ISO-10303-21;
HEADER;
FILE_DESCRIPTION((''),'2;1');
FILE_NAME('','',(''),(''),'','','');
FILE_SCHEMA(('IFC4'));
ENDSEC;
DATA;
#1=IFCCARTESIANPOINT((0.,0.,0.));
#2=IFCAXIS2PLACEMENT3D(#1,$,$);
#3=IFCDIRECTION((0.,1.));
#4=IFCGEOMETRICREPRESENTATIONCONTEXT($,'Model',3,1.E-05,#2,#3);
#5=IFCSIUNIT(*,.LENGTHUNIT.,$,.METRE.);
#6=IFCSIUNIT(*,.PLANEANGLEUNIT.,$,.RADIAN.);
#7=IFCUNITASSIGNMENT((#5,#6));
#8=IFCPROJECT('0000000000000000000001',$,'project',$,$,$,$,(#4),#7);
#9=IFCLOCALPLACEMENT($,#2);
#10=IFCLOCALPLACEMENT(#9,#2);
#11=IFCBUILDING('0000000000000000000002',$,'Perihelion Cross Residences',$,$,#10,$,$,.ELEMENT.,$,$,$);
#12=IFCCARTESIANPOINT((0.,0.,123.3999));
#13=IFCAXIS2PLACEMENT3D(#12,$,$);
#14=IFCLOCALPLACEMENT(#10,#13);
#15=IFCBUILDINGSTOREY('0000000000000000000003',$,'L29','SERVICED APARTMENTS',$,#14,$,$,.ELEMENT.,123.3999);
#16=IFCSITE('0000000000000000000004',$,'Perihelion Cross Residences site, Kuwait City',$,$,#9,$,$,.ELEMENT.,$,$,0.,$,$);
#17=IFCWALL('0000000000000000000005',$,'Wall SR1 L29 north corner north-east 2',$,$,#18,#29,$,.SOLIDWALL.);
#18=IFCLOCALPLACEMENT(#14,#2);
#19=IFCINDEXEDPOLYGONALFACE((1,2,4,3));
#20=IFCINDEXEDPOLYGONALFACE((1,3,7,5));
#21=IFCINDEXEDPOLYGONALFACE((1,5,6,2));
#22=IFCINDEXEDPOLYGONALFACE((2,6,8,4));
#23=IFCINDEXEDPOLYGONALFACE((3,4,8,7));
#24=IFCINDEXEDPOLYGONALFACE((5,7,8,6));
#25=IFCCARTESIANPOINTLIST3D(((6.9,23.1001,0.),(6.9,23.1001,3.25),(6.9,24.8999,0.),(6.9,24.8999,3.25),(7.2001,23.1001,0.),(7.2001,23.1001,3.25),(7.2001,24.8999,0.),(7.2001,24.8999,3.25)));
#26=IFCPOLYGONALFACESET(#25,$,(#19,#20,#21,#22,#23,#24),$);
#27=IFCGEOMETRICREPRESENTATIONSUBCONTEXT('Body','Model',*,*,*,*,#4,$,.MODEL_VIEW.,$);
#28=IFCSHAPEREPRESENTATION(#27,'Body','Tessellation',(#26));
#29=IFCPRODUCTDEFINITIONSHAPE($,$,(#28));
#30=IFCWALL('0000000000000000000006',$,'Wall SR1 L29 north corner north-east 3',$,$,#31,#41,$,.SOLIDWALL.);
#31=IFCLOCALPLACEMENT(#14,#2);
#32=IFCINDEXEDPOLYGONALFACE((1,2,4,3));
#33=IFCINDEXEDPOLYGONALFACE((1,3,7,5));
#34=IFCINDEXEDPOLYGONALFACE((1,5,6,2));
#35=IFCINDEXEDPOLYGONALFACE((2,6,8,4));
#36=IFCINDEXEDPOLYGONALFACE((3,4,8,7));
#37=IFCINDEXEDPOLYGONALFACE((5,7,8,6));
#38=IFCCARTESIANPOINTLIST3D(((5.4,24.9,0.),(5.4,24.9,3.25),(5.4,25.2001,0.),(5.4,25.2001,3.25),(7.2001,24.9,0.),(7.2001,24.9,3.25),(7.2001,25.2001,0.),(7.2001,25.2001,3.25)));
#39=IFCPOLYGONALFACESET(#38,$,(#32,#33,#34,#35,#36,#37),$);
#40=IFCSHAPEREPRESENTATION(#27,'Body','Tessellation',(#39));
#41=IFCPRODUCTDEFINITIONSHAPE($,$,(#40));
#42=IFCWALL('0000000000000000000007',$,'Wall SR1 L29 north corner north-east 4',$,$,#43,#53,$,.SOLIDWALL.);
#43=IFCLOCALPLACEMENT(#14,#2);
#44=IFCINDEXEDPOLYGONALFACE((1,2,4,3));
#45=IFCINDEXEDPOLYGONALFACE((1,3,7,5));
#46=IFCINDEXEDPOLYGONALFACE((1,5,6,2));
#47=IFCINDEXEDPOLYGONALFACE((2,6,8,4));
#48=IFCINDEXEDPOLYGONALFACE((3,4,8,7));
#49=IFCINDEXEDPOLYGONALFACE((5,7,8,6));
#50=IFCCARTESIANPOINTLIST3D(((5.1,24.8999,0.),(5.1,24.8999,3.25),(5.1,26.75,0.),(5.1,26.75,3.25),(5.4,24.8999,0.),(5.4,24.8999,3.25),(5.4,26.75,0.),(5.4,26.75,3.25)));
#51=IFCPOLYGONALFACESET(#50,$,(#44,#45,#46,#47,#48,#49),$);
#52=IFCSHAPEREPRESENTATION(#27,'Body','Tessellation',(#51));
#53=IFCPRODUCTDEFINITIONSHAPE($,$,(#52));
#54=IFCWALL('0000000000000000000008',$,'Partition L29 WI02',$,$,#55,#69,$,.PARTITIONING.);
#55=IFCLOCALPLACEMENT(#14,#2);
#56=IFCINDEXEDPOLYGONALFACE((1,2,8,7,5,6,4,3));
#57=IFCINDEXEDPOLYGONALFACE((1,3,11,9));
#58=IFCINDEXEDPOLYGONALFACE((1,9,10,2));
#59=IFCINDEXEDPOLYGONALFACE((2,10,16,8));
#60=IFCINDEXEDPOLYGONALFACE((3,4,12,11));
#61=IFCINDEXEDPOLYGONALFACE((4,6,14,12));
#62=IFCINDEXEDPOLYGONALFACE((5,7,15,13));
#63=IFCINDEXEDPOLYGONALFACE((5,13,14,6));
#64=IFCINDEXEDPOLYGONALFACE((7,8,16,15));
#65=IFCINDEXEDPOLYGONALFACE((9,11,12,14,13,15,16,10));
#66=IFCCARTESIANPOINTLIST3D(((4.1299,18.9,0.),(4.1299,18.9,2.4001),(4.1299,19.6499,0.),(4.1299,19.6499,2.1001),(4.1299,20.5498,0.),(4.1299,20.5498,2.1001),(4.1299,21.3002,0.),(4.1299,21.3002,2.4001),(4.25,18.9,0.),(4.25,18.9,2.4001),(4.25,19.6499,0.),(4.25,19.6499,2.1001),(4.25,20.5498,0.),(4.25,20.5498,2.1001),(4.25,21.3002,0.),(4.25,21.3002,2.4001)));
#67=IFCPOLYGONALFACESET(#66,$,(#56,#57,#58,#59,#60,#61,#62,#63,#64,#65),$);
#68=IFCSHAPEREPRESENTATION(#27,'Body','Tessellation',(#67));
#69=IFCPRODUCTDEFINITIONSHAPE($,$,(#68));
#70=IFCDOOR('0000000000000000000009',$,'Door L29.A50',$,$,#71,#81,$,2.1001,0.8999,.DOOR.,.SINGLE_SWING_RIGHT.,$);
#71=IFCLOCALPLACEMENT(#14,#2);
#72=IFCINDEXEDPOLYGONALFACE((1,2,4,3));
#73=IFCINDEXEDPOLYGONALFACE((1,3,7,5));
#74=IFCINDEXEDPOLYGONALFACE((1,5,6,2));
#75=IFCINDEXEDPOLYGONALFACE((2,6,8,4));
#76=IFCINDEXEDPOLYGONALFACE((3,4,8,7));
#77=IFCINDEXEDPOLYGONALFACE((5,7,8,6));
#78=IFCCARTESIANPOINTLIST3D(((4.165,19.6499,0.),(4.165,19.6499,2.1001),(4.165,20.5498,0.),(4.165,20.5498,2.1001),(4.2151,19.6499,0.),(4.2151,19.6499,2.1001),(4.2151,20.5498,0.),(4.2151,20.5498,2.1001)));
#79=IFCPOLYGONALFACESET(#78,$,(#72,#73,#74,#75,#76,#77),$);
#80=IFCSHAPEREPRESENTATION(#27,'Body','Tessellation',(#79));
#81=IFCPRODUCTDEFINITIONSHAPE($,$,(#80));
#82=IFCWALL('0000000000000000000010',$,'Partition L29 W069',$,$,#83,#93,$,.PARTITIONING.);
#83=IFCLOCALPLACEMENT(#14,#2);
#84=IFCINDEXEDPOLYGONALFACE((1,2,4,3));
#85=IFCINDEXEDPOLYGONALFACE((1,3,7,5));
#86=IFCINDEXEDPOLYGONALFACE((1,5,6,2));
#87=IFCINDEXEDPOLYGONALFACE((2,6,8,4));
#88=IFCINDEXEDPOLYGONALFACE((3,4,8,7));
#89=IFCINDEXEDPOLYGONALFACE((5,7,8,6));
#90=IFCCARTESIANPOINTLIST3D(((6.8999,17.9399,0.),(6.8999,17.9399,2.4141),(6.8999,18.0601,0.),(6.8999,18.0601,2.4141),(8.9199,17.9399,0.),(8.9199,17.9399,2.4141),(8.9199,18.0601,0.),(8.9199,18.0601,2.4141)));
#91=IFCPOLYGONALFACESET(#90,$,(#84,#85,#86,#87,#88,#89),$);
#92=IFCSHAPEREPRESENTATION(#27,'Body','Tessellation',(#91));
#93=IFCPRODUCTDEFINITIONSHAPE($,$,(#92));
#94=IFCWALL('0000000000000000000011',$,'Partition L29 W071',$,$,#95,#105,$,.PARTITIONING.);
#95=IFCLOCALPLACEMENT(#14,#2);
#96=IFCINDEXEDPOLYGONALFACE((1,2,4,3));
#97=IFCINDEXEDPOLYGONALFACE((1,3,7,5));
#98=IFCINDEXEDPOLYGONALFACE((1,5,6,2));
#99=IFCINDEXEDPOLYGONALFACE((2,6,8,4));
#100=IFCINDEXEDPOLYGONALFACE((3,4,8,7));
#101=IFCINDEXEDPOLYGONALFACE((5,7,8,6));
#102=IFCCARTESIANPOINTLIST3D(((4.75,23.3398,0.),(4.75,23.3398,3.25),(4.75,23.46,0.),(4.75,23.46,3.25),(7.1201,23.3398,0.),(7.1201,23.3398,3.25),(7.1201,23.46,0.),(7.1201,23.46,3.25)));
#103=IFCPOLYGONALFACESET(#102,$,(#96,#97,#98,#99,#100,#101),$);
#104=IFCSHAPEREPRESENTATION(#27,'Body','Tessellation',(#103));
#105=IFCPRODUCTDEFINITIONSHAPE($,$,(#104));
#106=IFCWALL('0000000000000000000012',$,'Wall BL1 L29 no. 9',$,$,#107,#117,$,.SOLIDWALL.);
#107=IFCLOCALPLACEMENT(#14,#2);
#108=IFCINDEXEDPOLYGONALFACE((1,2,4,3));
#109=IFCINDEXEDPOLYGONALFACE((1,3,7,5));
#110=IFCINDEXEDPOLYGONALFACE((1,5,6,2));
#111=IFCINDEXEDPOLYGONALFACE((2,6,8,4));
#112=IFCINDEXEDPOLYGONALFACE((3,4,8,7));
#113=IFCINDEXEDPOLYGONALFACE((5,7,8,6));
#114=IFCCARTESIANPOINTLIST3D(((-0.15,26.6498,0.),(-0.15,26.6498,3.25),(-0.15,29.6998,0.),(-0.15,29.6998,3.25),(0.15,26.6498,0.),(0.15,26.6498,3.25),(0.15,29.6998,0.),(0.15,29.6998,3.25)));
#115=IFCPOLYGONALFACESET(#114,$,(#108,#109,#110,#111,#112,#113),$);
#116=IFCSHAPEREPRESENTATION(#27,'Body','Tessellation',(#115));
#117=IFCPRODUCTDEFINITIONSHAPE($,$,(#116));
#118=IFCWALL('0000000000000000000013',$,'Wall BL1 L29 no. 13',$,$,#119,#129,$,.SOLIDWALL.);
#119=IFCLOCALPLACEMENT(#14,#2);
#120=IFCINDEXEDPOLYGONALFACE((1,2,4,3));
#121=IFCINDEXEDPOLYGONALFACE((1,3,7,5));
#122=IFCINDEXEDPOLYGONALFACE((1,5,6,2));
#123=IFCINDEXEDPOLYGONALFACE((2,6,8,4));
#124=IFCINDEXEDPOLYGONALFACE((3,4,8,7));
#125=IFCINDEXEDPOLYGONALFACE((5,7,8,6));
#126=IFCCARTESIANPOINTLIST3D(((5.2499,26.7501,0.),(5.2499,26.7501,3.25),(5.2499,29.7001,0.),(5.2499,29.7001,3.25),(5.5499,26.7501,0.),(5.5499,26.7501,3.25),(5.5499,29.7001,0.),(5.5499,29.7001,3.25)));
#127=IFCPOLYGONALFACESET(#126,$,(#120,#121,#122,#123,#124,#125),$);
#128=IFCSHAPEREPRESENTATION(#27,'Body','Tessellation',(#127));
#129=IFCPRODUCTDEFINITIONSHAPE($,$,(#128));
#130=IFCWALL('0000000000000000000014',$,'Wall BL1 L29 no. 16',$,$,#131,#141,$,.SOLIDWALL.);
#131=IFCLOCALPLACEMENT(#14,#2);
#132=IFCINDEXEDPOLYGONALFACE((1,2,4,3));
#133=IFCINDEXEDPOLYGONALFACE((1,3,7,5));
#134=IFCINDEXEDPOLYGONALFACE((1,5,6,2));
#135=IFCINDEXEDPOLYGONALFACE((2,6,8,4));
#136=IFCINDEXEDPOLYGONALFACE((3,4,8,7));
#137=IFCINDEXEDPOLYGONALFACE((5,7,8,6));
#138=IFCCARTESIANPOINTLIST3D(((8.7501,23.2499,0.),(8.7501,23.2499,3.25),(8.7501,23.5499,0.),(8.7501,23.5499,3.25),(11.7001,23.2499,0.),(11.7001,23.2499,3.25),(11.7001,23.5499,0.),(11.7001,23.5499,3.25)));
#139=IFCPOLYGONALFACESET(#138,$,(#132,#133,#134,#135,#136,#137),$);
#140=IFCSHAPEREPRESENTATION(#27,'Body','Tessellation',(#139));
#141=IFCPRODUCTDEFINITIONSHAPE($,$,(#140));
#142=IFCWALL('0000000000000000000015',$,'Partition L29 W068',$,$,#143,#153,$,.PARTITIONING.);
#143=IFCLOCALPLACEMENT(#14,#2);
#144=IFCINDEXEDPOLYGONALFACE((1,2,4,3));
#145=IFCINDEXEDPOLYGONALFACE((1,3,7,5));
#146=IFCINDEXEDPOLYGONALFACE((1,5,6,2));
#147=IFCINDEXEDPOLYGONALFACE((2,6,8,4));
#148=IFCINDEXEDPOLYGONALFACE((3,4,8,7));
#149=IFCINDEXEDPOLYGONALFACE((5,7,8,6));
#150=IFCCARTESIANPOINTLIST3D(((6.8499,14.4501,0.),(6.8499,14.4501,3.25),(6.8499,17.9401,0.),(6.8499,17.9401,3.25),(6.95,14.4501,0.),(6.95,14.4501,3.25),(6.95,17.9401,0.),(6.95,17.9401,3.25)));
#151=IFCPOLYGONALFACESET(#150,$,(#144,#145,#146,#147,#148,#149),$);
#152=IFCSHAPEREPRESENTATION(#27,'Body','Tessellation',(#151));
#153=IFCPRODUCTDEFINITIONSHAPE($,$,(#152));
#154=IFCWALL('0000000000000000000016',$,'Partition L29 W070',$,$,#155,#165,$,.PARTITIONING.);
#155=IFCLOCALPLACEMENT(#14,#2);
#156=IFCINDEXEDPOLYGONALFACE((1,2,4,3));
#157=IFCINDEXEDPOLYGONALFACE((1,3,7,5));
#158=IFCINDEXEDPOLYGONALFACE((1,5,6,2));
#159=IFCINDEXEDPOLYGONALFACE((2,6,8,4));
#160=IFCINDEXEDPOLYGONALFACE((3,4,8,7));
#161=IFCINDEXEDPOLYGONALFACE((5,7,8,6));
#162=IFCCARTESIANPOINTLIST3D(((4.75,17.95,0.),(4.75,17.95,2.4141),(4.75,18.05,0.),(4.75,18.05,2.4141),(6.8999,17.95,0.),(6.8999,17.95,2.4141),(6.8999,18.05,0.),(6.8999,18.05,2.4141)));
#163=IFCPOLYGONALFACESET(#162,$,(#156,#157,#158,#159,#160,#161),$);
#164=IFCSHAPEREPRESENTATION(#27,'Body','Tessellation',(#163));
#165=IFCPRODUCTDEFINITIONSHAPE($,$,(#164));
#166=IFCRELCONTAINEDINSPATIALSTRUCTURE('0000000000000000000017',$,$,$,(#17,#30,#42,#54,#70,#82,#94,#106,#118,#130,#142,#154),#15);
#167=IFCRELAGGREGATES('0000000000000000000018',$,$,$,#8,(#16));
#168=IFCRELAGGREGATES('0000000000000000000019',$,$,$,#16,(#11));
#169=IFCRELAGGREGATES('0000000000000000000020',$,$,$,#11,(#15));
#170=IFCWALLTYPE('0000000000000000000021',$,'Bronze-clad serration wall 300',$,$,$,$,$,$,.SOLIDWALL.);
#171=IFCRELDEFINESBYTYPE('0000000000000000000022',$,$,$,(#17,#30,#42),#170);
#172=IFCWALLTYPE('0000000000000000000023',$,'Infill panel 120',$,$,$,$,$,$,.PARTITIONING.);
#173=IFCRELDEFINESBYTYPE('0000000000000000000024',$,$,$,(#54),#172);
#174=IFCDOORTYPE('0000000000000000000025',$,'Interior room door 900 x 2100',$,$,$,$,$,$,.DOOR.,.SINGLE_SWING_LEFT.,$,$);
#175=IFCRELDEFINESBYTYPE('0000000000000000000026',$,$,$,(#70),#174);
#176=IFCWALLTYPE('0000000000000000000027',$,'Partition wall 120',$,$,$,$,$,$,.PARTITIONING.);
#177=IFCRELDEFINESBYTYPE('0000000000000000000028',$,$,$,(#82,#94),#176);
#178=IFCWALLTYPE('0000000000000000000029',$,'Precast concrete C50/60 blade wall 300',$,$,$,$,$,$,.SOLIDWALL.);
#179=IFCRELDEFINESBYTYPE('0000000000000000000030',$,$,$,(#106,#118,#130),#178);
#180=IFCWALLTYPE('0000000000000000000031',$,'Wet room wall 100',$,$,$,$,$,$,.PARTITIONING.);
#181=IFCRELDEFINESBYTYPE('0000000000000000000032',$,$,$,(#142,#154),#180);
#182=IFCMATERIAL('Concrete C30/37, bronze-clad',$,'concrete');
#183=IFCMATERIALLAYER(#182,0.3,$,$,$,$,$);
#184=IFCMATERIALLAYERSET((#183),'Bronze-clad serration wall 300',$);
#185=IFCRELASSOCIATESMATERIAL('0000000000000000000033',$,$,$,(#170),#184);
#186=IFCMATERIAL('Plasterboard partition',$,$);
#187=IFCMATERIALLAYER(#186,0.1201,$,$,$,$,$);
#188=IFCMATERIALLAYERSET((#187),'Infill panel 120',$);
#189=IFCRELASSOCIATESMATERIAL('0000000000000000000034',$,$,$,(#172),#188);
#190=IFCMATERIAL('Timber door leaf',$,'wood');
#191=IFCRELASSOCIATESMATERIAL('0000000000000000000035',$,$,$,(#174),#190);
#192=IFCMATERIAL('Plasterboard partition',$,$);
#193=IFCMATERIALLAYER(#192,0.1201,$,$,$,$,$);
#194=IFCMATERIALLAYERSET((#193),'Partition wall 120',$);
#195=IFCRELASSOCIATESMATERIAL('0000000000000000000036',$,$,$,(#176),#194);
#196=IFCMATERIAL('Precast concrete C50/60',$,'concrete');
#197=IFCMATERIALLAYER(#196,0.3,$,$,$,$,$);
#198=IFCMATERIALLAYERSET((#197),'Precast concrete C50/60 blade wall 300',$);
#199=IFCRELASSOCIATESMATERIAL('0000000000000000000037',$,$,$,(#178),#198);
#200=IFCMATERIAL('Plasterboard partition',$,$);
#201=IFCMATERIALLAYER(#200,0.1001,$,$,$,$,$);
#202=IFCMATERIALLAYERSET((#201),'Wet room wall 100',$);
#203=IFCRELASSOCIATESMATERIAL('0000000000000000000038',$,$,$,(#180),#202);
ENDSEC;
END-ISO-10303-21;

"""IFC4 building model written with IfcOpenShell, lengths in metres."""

from ifc_helpers import new_model, si_unit, direction, frame, frame_2d, origin, place, context, subcontext, project, spatial, rectangle, extrude, material, layer, layer_set, type_object, element, fill, save


model = new_model("IFC4")

# Units and contexts
model_context = context("Model", 3, precision=1e-05, world=origin(), true_north=direction((0.0, 1.0)))
body_context = subcontext(model_context, "Body", "Model", "MODEL_VIEW")
ifc_project = project(units=[si_unit("LENGTHUNIT", "METRE"), si_unit("PLANEANGLEUNIT", "RADIAN")], contexts=[model_context])

# Site, building, storey
site_placement = place(None, origin())
site = spatial("IfcSite", under=ifc_project, at=site_placement, Name="Perihelion Cross Residences site, Kuwait City", CompositionType="ELEMENT", RefElevation=0.0)
building_placement = place(site_placement, origin())
building = spatial("IfcBuilding", under=site, at=building_placement, Name="Perihelion Cross Residences", CompositionType="ELEMENT")
storey_placement = place(building_placement, frame((0.0, 0.0, 123.3999)))
storey = spatial("IfcBuildingStorey", under=building, at=storey_placement, Name="L29", Description="SERVICED APARTMENTS", CompositionType="ELEMENT", Elevation=123.3999)

# Walls
ifc_material_1 = material(Name="Concrete C30/37, bronze-clad", Category="concrete")
ifc_layer_1 = layer(ifc_material_1, 0.3)
ifc_layer_set_1 = layer_set([ifc_layer_1], Name="Bronze-clad serration wall 300")
wall_type_1 = type_object("IfcWallType", Name="Bronze-clad serration wall 300", PredefinedType="SOLIDWALL", material=ifc_layer_set_1)
wall_1_placement = place(storey_placement, frame((7.05, 23.1001, 0.0), z_axis=(0.0, 0.0, 1.0), x_axis=(0.0, 1.0, 0.0)))
element("IfcWall", 1, at=wall_1_placement, inside=storey, type_object=wall_type_1, Name="Wall SR1 L29 north corner north-east 2", PredefinedType="SOLIDWALL", context=body_context, shape_type="SweptSolid", body=[
    extrude(rectangle(XDim=1.7998, YDim=0.3, at=frame_2d((0.8999, 0.0))), origin(), (0.0, 0.0, 1.0), 3.25),
])
wall_2_placement = place(storey_placement, frame((7.2, 25.05, 0.0), z_axis=(0.0, 0.0, 1.0), x_axis=(-1.0, 0.0, 0.0)))
element("IfcWall", 2, at=wall_2_placement, inside=storey, type_object=wall_type_1, Name="Wall SR1 L29 north corner north-east 3", PredefinedType="SOLIDWALL", context=body_context, shape_type="SweptSolid", body=[
    extrude(rectangle(XDim=1.8, YDim=0.3, at=frame_2d((0.8999, 0.0))), origin(), (0.0, 0.0, 1.0), 3.25),
])
wall_3_placement = place(storey_placement, frame((5.25, 24.8999, 0.0), z_axis=(0.0, 0.0, 1.0), x_axis=(0.0, 1.0, 0.0)))
element("IfcWall", 3, at=wall_3_placement, inside=storey, type_object=wall_type_1, Name="Wall SR1 L29 north corner north-east 4", PredefinedType="SOLIDWALL", context=body_context, shape_type="SweptSolid", body=[
    extrude(rectangle(XDim=1.8501, YDim=0.3, at=frame_2d((0.925, 0.0))), origin(), (0.0, 0.0, 1.0), 3.25),
])

# Wall, opening, door
ifc_material_2 = material(Name="Plasterboard partition")
ifc_layer_2 = layer(ifc_material_2, 0.1201)
ifc_layer_set_2 = layer_set([ifc_layer_2], Name="Infill panel 120")
wall_type_2 = type_object("IfcWallType", Name="Infill panel 120", PredefinedType="PARTITIONING", material=ifc_layer_set_2)
wall_4_placement = place(storey_placement, frame((4.1899, 18.8999, 0.0), z_axis=(0.0, 0.0, 1.0), x_axis=(0.0, 1.0, 0.0)))
wall_4 = element("IfcWall", 4, at=wall_4_placement, inside=storey, type_object=wall_type_2, Name="Partition L29 WI02", PredefinedType="PARTITIONING", context=body_context, shape_type="SweptSolid", body=[
    extrude(rectangle(XDim=2.4001, YDim=0.1201, at=frame_2d((1.2002, 0.0))), origin(), (0.0, 0.0, 1.0), 2.4001),
])
opening_1_placement = place(wall_4_placement, frame((0.75, 0.0, 0.0)))
opening_1 = element("IfcOpeningElement", 5, at=opening_1_placement, cuts=wall_4, PredefinedType="OPENING", context=body_context, shape_type="SweptSolid", body=[
    extrude(rectangle(XDim=0.8999, YDim=2.1001, at=frame_2d((0.45, 1.05))), frame((0.0, 0.0701, 0.0), z_axis=(0.0, -1.0, 0.0), x_axis=(1.0, 0.0, 0.0)), (0.0, 0.0, 1.0), 0.1401),
])
ifc_material_3 = material(Name="Timber door leaf", Category="wood")
door_type_1 = type_object("IfcDoorType", Name="Interior room door 900 x 2100", OperationType="SINGLE_SWING_LEFT", PredefinedType="DOOR", material=ifc_material_3)
door_1_placement = place(opening_1_placement, origin())
door_1 = element("IfcDoor", 6, at=door_1_placement, inside=storey, type_object=door_type_1, Name="Door L29.A50", OperationType="SINGLE_SWING_RIGHT", OverallHeight=2.1001, OverallWidth=0.8999, PredefinedType="DOOR", context=body_context, shape_type="SweptSolid", body=[
    extrude(rectangle(XDim=0.8999, YDim=2.1001, at=frame_2d((0.45, 1.05))), frame((0.0, 0.0249, 0.0), z_axis=(0.0, -1.0, 0.0), x_axis=(1.0, 0.0, 0.0)), (0.0, 0.0, 1.0), 0.05),
])
fill(opening_1, door_1)

# Walls
ifc_material_4 = material(Name="Plasterboard partition")
ifc_layer_3 = layer(ifc_material_4, 0.1201)
ifc_layer_set_3 = layer_set([ifc_layer_3], Name="Partition wall 120")
wall_type_3 = type_object("IfcWallType", Name="Partition wall 120", PredefinedType="PARTITIONING", material=ifc_layer_set_3)
wall_5_placement = place(storey_placement, frame((6.8999, 18.0, 0.0), z_axis=(0.0, 0.0, 1.0), x_axis=(1.0, 0.0, 0.0)))
element("IfcWall", 7, at=wall_5_placement, inside=storey, type_object=wall_type_3, Name="Partition L29 W069", PredefinedType="PARTITIONING", context=body_context, shape_type="SweptSolid", body=[
    extrude(rectangle(XDim=2.02, YDim=0.1201, at=frame_2d((1.01, 0.0))), origin(), (0.0, 0.0, 1.0), 2.4141),
])
wall_6_placement = place(storey_placement, frame((4.75, 23.3999, 0.0), z_axis=(0.0, 0.0, 1.0), x_axis=(1.0, 0.0, 0.0)))
element("IfcWall", 8, at=wall_6_placement, inside=storey, type_object=wall_type_3, Name="Partition L29 W071", PredefinedType="PARTITIONING", context=body_context, shape_type="SweptSolid", body=[
    extrude(rectangle(XDim=2.3701, YDim=0.1201, at=frame_2d((1.1851, 0.0))), origin(), (0.0, 0.0, 1.0), 3.25),
])
ifc_material_5 = material(Name="Precast concrete C50/60", Category="concrete")
ifc_layer_4 = layer(ifc_material_5, 0.3)
ifc_layer_set_4 = layer_set([ifc_layer_4], Name="Precast concrete C50/60 blade wall 300")
wall_type_4 = type_object("IfcWallType", Name="Precast concrete C50/60 blade wall 300", PredefinedType="SOLIDWALL", material=ifc_layer_set_4)
wall_7_placement = place(storey_placement, frame((0.0, 26.6499, 0.0), z_axis=(0.0, 0.0, 1.0), x_axis=(0.0, 1.0, 0.0)))
element("IfcWall", 9, at=wall_7_placement, inside=storey, type_object=wall_type_4, Name="Wall BL1 L29 no. 9", PredefinedType="SOLIDWALL", context=body_context, shape_type="SweptSolid", body=[
    extrude(rectangle(XDim=3.05, YDim=0.3, at=frame_2d((1.5249, 0.0))), origin(), (0.0, 0.0, 1.0), 3.25),
])
for number, where, z_axis, x_axis, name in (
    (10, (5.3999, 26.75, 0.0), (0.0, 0.0, 1.0), (0.0, 1.0, 0.0), "Wall BL1 L29 no. 13"),
    (11, (8.75, 23.3999, 0.0), (0.0, 0.0, 1.0), (1.0, 0.0, 0.0), "Wall BL1 L29 no. 16"),
):
    element("IfcWall", number, at=place(storey_placement, frame(where, z_axis=z_axis, x_axis=x_axis)), inside=storey, type_object=wall_type_4, Name=name, PredefinedType="SOLIDWALL", context=body_context, shape_type="SweptSolid", body=[
        extrude(rectangle(XDim=2.95, YDim=0.3, at=frame_2d((1.4751, 0.0))), origin(), (0.0, 0.0, 1.0), 3.25),
    ])
ifc_material_6 = material(Name="Plasterboard partition")
ifc_layer_5 = layer(ifc_material_6, 0.1001)
ifc_layer_set_5 = layer_set([ifc_layer_5], Name="Wet room wall 100")
wall_type_5 = type_object("IfcWallType", Name="Wet room wall 100", PredefinedType="PARTITIONING", material=ifc_layer_set_5)
wall_8_placement = place(storey_placement, frame((6.8999, 14.45, 0.0), z_axis=(0.0, 0.0, 1.0), x_axis=(0.0, 1.0, 0.0)))
element("IfcWall", 12, at=wall_8_placement, inside=storey, type_object=wall_type_5, Name="Partition L29 W068", PredefinedType="PARTITIONING", context=body_context, shape_type="SweptSolid", body=[
    extrude(rectangle(XDim=3.49, YDim=0.1001, at=frame_2d((1.7451, 0.0))), origin(), (0.0, 0.0, 1.0), 3.25),
])
wall_9_placement = place(storey_placement, frame((4.75, 18.0, 0.0), z_axis=(0.0, 0.0, 1.0), x_axis=(1.0, 0.0, 0.0)))
element("IfcWall", 13, at=wall_9_placement, inside=storey, type_object=wall_type_5, Name="Partition L29 W070", PredefinedType="PARTITIONING", context=body_context, shape_type="SweptSolid", body=[
    extrude(rectangle(XDim=2.1499, YDim=0.1001, at=frame_2d((1.075, 0.0))), origin(), (0.0, 0.0, 1.0), 2.4141),
])

save(model, "model.ifc")
